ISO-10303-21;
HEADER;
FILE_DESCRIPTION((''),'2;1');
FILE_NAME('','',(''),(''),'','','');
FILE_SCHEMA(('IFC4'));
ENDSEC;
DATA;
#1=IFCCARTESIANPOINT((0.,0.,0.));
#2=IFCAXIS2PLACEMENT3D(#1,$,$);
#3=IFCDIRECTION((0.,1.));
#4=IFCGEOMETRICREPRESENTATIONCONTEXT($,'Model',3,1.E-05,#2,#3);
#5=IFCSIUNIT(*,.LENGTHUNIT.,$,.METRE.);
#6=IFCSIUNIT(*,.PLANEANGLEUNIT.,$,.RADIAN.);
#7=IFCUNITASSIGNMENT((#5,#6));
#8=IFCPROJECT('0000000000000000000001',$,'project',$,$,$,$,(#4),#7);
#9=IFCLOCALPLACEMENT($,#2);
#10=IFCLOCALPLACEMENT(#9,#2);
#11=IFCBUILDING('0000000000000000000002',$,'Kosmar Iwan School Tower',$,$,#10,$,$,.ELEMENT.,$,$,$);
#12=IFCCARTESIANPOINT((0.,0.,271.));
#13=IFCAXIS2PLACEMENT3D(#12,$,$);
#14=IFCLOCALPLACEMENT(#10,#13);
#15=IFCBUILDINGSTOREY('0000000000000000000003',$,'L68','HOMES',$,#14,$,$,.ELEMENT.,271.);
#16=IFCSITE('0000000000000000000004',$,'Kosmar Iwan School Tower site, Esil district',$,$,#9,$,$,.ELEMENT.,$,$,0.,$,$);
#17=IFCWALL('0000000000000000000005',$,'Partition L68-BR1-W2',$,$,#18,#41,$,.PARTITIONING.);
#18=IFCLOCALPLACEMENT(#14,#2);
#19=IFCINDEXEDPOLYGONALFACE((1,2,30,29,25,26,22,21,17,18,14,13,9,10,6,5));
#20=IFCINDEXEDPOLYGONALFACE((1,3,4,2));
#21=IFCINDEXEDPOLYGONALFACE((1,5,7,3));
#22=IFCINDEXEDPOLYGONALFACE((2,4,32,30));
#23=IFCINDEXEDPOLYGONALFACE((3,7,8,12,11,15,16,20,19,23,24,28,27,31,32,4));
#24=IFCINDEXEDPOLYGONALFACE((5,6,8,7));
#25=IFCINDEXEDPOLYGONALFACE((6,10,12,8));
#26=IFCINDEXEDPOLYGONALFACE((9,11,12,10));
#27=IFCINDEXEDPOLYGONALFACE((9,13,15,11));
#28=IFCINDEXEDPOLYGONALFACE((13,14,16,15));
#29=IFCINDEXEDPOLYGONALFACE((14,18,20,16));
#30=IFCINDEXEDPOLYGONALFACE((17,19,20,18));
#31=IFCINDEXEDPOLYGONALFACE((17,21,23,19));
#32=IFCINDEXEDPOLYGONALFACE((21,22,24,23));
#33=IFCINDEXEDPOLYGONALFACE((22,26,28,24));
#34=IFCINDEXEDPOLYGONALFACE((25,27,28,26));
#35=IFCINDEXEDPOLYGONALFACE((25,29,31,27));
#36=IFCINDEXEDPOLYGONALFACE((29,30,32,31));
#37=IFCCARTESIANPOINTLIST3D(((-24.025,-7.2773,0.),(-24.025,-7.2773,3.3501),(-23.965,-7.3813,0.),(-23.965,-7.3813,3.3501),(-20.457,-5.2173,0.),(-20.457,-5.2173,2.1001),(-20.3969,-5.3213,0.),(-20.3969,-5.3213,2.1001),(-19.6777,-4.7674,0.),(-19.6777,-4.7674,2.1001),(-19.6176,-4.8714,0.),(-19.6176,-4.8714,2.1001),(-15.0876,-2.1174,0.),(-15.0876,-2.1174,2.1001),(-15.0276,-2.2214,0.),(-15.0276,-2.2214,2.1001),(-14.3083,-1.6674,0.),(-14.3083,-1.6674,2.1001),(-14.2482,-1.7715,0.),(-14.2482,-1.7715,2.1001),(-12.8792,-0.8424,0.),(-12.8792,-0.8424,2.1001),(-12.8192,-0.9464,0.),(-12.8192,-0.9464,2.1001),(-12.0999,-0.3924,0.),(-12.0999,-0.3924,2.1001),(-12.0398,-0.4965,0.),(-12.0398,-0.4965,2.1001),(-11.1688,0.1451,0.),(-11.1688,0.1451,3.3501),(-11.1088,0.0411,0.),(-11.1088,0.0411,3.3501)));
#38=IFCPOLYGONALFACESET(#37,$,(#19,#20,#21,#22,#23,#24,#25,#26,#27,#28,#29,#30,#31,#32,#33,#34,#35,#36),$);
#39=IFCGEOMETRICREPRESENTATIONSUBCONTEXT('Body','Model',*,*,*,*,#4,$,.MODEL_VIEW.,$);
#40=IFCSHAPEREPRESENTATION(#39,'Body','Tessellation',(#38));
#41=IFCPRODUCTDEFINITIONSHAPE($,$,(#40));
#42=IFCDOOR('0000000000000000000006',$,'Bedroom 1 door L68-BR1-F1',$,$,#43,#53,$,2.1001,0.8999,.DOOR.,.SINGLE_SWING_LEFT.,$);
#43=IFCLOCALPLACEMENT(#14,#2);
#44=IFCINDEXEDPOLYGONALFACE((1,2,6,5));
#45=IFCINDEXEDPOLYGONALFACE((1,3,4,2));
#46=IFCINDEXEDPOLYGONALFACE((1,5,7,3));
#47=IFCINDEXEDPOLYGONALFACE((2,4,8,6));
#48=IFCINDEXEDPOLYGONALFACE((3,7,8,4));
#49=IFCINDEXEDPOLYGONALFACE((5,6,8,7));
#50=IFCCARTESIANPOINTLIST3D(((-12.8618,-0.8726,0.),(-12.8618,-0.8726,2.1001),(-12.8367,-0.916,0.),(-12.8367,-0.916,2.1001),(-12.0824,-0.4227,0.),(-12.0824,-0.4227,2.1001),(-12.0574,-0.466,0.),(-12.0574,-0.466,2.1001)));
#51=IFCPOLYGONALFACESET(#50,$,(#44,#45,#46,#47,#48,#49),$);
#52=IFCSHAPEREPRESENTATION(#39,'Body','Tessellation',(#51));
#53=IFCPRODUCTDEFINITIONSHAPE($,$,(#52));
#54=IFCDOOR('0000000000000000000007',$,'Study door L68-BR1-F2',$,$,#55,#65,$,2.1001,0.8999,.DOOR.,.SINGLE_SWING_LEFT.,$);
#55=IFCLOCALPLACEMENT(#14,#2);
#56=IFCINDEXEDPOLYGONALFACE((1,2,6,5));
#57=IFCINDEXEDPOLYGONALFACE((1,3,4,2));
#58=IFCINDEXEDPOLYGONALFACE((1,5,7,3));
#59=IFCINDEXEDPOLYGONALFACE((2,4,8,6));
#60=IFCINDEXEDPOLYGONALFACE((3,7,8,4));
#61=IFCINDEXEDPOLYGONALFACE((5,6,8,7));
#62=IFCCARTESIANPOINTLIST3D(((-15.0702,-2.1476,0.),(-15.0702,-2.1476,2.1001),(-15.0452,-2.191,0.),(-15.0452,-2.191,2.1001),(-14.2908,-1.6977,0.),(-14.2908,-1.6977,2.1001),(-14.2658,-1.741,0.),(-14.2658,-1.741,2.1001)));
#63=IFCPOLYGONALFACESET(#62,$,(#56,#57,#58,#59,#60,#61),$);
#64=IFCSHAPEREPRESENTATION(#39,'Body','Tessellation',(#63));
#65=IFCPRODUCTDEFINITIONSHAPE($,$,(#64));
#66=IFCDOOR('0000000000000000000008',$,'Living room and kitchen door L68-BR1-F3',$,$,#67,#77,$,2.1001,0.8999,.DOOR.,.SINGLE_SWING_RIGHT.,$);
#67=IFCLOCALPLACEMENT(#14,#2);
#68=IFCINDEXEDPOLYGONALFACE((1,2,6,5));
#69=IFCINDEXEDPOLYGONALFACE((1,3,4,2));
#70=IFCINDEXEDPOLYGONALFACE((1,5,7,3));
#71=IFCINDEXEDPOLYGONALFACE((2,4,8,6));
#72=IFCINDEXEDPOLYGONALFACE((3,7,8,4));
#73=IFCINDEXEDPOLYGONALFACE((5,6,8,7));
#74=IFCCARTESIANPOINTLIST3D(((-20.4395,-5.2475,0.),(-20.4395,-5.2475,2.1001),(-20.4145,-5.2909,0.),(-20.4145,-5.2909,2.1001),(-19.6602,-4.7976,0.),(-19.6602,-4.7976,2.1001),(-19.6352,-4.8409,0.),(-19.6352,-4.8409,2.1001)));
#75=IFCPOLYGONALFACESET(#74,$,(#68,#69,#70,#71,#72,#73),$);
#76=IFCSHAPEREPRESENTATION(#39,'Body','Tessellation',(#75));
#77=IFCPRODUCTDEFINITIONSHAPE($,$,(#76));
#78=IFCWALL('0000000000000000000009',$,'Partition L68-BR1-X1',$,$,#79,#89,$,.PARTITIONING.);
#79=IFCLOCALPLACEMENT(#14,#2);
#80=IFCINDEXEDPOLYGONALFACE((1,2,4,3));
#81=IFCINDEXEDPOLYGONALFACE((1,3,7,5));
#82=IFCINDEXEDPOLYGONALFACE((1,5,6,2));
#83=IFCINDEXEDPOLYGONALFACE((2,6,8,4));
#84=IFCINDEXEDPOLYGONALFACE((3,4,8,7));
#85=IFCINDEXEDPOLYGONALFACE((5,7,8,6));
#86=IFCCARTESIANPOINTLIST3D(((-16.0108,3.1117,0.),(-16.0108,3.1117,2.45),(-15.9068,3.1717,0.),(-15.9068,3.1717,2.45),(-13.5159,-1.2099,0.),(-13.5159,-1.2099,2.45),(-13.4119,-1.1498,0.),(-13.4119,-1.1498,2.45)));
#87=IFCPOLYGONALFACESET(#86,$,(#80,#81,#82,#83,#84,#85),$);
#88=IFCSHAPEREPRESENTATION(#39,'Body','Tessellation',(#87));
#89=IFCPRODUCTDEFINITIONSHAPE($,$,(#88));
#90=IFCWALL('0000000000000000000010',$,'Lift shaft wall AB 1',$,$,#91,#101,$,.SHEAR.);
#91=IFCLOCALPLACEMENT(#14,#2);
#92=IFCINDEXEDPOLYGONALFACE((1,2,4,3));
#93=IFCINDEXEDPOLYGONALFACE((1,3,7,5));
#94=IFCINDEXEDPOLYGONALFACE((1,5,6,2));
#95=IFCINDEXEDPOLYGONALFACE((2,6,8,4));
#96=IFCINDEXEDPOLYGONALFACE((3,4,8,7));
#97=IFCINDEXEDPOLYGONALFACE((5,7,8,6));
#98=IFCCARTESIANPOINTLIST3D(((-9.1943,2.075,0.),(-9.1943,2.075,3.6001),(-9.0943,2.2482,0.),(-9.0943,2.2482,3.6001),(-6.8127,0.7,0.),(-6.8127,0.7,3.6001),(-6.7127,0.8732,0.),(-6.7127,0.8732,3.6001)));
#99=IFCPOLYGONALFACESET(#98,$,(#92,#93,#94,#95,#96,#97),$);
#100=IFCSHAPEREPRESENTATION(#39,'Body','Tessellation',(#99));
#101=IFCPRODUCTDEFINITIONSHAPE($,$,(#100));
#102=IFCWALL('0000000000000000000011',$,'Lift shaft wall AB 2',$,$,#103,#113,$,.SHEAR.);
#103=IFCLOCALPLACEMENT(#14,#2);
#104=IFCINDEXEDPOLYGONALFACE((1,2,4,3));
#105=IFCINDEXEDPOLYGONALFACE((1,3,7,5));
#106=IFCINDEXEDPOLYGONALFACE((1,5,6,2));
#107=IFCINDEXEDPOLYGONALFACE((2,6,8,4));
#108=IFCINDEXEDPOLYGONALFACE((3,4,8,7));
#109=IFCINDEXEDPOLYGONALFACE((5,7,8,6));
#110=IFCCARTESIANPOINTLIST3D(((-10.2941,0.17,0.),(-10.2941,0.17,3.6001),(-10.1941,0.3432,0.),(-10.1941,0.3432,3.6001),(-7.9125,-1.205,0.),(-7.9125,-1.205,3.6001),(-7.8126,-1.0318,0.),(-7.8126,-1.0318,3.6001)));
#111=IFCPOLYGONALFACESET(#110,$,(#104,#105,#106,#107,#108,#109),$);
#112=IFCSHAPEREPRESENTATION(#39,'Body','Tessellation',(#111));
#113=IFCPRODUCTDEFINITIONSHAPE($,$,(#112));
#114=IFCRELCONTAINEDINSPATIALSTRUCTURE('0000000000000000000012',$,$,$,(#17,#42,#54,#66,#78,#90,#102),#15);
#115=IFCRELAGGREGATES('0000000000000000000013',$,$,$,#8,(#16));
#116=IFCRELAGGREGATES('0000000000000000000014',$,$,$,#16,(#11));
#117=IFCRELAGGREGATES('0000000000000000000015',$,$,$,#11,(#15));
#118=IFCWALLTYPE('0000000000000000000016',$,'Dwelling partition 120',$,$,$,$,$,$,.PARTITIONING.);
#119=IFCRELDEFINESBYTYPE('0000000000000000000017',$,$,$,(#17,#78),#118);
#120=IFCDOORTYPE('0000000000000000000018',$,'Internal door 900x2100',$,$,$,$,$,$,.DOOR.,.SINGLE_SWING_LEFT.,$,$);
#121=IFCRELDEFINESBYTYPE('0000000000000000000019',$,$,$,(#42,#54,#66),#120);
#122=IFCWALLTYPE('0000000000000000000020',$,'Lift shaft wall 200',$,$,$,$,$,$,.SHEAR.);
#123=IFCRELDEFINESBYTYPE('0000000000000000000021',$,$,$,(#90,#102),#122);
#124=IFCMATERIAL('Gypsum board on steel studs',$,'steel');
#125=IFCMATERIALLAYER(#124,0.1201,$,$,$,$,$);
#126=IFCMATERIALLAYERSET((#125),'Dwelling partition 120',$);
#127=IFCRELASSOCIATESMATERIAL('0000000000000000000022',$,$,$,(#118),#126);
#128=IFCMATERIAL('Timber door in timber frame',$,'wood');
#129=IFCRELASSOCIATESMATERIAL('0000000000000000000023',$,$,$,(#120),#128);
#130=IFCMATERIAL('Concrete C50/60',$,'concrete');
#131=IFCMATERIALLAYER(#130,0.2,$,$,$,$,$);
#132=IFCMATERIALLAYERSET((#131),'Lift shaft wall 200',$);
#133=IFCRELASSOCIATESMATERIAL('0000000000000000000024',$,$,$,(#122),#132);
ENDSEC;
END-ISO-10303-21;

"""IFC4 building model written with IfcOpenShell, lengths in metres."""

from ifc_helpers import new_model, si_unit, direction, frame, frame_2d, origin, place, context, subcontext, project, spatial, rectangle, extrude, material, layer, layer_set, type_object, element, fill, save


model = new_model("IFC4")

# Units and contexts
model_context = context("Model", 3, precision=1e-05, world=origin(), true_north=direction((0.0, 1.0)))
body_context = subcontext(model_context, "Body", "Model", "MODEL_VIEW")
ifc_project = project(units=[si_unit("LENGTHUNIT", "METRE"), si_unit("PLANEANGLEUNIT", "RADIAN")], contexts=[model_context])

# Site, building, storey
site_placement = place(None, origin())
site = spatial("IfcSite", under=ifc_project, at=site_placement, Name="Kosmar Iwan School Tower site, Esil district", CompositionType="ELEMENT", RefElevation=0.0)
building_placement = place(site_placement, origin())
building = spatial("IfcBuilding", under=site, at=building_placement, Name="Kosmar Iwan School Tower", CompositionType="ELEMENT")
storey_placement = place(building_placement, frame((0.0, 0.0, 271.0)))
storey = spatial("IfcBuildingStorey", under=building, at=storey_placement, Name="L68", Description="HOMES", CompositionType="ELEMENT", Elevation=271.0)

# Wall, openings, doors
ifc_material_1 = material(Name="Gypsum board on steel studs", Category="steel")
ifc_layer_1 = layer(ifc_material_1, 0.1201)
ifc_layer_set_1 = layer_set([ifc_layer_1], Name="Dwelling partition 120")
wall_type_1 = type_object("IfcWallType", Name="Dwelling partition 120", PredefinedType="PARTITIONING", material=ifc_layer_set_1)
ifc_material_2 = material(Name="Timber door in timber frame", Category="wood")
door_type_1 = type_object("IfcDoorType", Name="Internal door 900x2100", OperationType="SINGLE_SWING_LEFT", PredefinedType="DOOR", material=ifc_material_2)
wall_1_placement = place(storey_placement, frame((-11.1389, 0.093, 0.0), z_axis=(0.0, 0.0, 1.0), x_axis=(-0.86603, -0.499992, 0.0)))
wall_1 = element("IfcWall", 1, at=wall_1_placement, inside=storey, type_object=wall_type_1, Name="Partition L68-BR1-W2", PredefinedType="PARTITIONING", context=body_context, shape_type="SweptSolid", body=[
    extrude(rectangle(XDim=14.845, YDim=0.1201, at=frame_2d((7.4224, 0.0))), origin(), (0.0, 0.0, 1.0), 3.3501),
])
opening_1_placement = place(wall_1_placement, frame((1.075, 0.0, 0.0)))
opening_1 = element("IfcOpeningElement", 2, at=opening_1_placement, cuts=wall_1, PredefinedType="OPENING", context=body_context, shape_type="SweptSolid", body=[
    extrude(rectangle(XDim=0.8999, YDim=2.1001, at=frame_2d((0.45, 1.05))), frame((0.0, 0.072, 0.0), z_axis=(0.0, -1.0, 0.0), x_axis=(1.0, 0.0, 0.0)), (0.0, 0.0, 1.0), 0.144),
])
opening_2_placement = place(wall_1_placement, frame((3.625, 0.0, 0.0)))
opening_2 = element("IfcOpeningElement", 3, at=opening_2_placement, cuts=wall_1, PredefinedType="OPENING", context=body_context, shape_type="SweptSolid", body=[
    extrude(rectangle(XDim=0.8999, YDim=2.1001, at=frame_2d((0.45, 1.05))), frame((0.0, 0.072, 0.0), z_axis=(0.0, -1.0, 0.0), x_axis=(1.0, 0.0, 0.0)), (0.0, 0.0, 1.0), 0.144),
])
opening_3_placement = place(wall_1_placement, frame((9.825, 0.0, 0.0)))
opening_3 = element("IfcOpeningElement", 4, at=opening_3_placement, cuts=wall_1, PredefinedType="OPENING", context=body_context, shape_type="SweptSolid", body=[
    extrude(rectangle(XDim=0.8999, YDim=2.1001, at=frame_2d((0.45, 1.05))), frame((0.0, 0.072, 0.0), z_axis=(0.0, -1.0, 0.0), x_axis=(1.0, 0.0, 0.0)), (0.0, 0.0, 1.0), 0.144),
])
door_1_placement = place(opening_1_placement, origin())
door_1 = element("IfcDoor", 5, at=door_1_placement, inside=storey, type_object=door_type_1, Name="Bedroom 1 door L68-BR1-F1", OperationType="SINGLE_SWING_LEFT", OverallHeight=2.1001, OverallWidth=0.8999, PredefinedType="DOOR", context=body_context, shape_type="SweptSolid", body=[
    extrude(rectangle(XDim=0.8999, YDim=2.1001, at=frame_2d((0.45, 1.05))), frame((0.0, 0.0249, 0.0), z_axis=(0.0, -1.0, 0.0), x_axis=(1.0, 0.0, 0.0)), (0.0, 0.0, 1.0), 0.05),
])
fill(opening_1, door_1)
door_2_placement = place(opening_2_placement, origin())
door_2 = element("IfcDoor", 6, at=door_2_placement, inside=storey, type_object=door_type_1, Name="Study door L68-BR1-F2", OperationType="SINGLE_SWING_LEFT", OverallHeight=2.1001, OverallWidth=0.8999, PredefinedType="DOOR", context=body_context, shape_type="SweptSolid", body=[
    extrude(rectangle(XDim=0.8999, YDim=2.1001, at=frame_2d((0.45, 1.05))), frame((0.0, 0.0249, 0.0), z_axis=(0.0, -1.0, 0.0), x_axis=(1.0, 0.0, 0.0)), (0.0, 0.0, 1.0), 0.05),
])
fill(opening_2, door_2)
door_3_placement = place(opening_3_placement, origin())
door_3 = element("IfcDoor", 7, at=door_3_placement, inside=storey, type_object=door_type_1, Name="Living room and kitchen door L68-BR1-F3", OperationType="SINGLE_SWING_RIGHT", OverallHeight=2.1001, OverallWidth=0.8999, PredefinedType="DOOR", context=body_context, shape_type="SweptSolid", body=[
    extrude(rectangle(XDim=0.8999, YDim=2.1001, at=frame_2d((0.45, 1.05))), frame((0.0, 0.0249, 0.0), z_axis=(0.0, -1.0, 0.0), x_axis=(1.0, 0.0, 0.0)), (0.0, 0.0, 1.0), 0.05),
])
fill(opening_3, door_3)

# Walls
wall_2_placement = place(storey_placement, frame((-13.4639, -1.1799, 0.0), z_axis=(0.0, 0.0, 1.0), x_axis=(-0.499975, 0.86604, 0.0)))
element("IfcWall", 8, at=wall_2_placement, inside=storey, type_object=wall_type_1, Name="Partition L68-BR1-X1", PredefinedType="PARTITIONING", context=body_context, shape_type="SweptSolid", body=[
    extrude(rectangle(XDim=4.99, YDim=0.1201, at=frame_2d((2.4951, 0.0))), origin(), (0.0, 0.0, 1.0), 2.45),
])
ifc_material_3 = material(Name="Concrete C50/60", Category="concrete")
ifc_layer_2 = layer(ifc_material_3, 0.2)
ifc_layer_set_2 = layer_set([ifc_layer_2], Name="Lift shaft wall 200")
wall_type_2 = type_object("IfcWallType", Name="Lift shaft wall 200", PredefinedType="SHEAR", material=ifc_layer_set_2)
for number, where, z_axis, x_axis, name in (
    (9, (-6.7627, 0.7866, 0.0), (0.0, 0.0, 1.0), (-0.866027, 0.499997, 0.0), "Lift shaft wall AB 1"),
    (10, (-7.8625, -1.1184, 0.0), (0.0, 0.0, 1.0), (-0.866027, 0.499997, 0.0), "Lift shaft wall AB 2"),
):
    element("IfcWall", number, at=place(storey_placement, frame(where, z_axis=z_axis, x_axis=x_axis)), inside=storey, type_object=wall_type_2, Name=name, PredefinedType="SHEAR", context=body_context, shape_type="SweptSolid", body=[
        extrude(rectangle(XDim=2.75, YDim=0.2, at=frame_2d((1.375, 0.0))), origin(), (0.0, 0.0, 1.0), 3.6001),
    ])

save(model, "model.ifc")
